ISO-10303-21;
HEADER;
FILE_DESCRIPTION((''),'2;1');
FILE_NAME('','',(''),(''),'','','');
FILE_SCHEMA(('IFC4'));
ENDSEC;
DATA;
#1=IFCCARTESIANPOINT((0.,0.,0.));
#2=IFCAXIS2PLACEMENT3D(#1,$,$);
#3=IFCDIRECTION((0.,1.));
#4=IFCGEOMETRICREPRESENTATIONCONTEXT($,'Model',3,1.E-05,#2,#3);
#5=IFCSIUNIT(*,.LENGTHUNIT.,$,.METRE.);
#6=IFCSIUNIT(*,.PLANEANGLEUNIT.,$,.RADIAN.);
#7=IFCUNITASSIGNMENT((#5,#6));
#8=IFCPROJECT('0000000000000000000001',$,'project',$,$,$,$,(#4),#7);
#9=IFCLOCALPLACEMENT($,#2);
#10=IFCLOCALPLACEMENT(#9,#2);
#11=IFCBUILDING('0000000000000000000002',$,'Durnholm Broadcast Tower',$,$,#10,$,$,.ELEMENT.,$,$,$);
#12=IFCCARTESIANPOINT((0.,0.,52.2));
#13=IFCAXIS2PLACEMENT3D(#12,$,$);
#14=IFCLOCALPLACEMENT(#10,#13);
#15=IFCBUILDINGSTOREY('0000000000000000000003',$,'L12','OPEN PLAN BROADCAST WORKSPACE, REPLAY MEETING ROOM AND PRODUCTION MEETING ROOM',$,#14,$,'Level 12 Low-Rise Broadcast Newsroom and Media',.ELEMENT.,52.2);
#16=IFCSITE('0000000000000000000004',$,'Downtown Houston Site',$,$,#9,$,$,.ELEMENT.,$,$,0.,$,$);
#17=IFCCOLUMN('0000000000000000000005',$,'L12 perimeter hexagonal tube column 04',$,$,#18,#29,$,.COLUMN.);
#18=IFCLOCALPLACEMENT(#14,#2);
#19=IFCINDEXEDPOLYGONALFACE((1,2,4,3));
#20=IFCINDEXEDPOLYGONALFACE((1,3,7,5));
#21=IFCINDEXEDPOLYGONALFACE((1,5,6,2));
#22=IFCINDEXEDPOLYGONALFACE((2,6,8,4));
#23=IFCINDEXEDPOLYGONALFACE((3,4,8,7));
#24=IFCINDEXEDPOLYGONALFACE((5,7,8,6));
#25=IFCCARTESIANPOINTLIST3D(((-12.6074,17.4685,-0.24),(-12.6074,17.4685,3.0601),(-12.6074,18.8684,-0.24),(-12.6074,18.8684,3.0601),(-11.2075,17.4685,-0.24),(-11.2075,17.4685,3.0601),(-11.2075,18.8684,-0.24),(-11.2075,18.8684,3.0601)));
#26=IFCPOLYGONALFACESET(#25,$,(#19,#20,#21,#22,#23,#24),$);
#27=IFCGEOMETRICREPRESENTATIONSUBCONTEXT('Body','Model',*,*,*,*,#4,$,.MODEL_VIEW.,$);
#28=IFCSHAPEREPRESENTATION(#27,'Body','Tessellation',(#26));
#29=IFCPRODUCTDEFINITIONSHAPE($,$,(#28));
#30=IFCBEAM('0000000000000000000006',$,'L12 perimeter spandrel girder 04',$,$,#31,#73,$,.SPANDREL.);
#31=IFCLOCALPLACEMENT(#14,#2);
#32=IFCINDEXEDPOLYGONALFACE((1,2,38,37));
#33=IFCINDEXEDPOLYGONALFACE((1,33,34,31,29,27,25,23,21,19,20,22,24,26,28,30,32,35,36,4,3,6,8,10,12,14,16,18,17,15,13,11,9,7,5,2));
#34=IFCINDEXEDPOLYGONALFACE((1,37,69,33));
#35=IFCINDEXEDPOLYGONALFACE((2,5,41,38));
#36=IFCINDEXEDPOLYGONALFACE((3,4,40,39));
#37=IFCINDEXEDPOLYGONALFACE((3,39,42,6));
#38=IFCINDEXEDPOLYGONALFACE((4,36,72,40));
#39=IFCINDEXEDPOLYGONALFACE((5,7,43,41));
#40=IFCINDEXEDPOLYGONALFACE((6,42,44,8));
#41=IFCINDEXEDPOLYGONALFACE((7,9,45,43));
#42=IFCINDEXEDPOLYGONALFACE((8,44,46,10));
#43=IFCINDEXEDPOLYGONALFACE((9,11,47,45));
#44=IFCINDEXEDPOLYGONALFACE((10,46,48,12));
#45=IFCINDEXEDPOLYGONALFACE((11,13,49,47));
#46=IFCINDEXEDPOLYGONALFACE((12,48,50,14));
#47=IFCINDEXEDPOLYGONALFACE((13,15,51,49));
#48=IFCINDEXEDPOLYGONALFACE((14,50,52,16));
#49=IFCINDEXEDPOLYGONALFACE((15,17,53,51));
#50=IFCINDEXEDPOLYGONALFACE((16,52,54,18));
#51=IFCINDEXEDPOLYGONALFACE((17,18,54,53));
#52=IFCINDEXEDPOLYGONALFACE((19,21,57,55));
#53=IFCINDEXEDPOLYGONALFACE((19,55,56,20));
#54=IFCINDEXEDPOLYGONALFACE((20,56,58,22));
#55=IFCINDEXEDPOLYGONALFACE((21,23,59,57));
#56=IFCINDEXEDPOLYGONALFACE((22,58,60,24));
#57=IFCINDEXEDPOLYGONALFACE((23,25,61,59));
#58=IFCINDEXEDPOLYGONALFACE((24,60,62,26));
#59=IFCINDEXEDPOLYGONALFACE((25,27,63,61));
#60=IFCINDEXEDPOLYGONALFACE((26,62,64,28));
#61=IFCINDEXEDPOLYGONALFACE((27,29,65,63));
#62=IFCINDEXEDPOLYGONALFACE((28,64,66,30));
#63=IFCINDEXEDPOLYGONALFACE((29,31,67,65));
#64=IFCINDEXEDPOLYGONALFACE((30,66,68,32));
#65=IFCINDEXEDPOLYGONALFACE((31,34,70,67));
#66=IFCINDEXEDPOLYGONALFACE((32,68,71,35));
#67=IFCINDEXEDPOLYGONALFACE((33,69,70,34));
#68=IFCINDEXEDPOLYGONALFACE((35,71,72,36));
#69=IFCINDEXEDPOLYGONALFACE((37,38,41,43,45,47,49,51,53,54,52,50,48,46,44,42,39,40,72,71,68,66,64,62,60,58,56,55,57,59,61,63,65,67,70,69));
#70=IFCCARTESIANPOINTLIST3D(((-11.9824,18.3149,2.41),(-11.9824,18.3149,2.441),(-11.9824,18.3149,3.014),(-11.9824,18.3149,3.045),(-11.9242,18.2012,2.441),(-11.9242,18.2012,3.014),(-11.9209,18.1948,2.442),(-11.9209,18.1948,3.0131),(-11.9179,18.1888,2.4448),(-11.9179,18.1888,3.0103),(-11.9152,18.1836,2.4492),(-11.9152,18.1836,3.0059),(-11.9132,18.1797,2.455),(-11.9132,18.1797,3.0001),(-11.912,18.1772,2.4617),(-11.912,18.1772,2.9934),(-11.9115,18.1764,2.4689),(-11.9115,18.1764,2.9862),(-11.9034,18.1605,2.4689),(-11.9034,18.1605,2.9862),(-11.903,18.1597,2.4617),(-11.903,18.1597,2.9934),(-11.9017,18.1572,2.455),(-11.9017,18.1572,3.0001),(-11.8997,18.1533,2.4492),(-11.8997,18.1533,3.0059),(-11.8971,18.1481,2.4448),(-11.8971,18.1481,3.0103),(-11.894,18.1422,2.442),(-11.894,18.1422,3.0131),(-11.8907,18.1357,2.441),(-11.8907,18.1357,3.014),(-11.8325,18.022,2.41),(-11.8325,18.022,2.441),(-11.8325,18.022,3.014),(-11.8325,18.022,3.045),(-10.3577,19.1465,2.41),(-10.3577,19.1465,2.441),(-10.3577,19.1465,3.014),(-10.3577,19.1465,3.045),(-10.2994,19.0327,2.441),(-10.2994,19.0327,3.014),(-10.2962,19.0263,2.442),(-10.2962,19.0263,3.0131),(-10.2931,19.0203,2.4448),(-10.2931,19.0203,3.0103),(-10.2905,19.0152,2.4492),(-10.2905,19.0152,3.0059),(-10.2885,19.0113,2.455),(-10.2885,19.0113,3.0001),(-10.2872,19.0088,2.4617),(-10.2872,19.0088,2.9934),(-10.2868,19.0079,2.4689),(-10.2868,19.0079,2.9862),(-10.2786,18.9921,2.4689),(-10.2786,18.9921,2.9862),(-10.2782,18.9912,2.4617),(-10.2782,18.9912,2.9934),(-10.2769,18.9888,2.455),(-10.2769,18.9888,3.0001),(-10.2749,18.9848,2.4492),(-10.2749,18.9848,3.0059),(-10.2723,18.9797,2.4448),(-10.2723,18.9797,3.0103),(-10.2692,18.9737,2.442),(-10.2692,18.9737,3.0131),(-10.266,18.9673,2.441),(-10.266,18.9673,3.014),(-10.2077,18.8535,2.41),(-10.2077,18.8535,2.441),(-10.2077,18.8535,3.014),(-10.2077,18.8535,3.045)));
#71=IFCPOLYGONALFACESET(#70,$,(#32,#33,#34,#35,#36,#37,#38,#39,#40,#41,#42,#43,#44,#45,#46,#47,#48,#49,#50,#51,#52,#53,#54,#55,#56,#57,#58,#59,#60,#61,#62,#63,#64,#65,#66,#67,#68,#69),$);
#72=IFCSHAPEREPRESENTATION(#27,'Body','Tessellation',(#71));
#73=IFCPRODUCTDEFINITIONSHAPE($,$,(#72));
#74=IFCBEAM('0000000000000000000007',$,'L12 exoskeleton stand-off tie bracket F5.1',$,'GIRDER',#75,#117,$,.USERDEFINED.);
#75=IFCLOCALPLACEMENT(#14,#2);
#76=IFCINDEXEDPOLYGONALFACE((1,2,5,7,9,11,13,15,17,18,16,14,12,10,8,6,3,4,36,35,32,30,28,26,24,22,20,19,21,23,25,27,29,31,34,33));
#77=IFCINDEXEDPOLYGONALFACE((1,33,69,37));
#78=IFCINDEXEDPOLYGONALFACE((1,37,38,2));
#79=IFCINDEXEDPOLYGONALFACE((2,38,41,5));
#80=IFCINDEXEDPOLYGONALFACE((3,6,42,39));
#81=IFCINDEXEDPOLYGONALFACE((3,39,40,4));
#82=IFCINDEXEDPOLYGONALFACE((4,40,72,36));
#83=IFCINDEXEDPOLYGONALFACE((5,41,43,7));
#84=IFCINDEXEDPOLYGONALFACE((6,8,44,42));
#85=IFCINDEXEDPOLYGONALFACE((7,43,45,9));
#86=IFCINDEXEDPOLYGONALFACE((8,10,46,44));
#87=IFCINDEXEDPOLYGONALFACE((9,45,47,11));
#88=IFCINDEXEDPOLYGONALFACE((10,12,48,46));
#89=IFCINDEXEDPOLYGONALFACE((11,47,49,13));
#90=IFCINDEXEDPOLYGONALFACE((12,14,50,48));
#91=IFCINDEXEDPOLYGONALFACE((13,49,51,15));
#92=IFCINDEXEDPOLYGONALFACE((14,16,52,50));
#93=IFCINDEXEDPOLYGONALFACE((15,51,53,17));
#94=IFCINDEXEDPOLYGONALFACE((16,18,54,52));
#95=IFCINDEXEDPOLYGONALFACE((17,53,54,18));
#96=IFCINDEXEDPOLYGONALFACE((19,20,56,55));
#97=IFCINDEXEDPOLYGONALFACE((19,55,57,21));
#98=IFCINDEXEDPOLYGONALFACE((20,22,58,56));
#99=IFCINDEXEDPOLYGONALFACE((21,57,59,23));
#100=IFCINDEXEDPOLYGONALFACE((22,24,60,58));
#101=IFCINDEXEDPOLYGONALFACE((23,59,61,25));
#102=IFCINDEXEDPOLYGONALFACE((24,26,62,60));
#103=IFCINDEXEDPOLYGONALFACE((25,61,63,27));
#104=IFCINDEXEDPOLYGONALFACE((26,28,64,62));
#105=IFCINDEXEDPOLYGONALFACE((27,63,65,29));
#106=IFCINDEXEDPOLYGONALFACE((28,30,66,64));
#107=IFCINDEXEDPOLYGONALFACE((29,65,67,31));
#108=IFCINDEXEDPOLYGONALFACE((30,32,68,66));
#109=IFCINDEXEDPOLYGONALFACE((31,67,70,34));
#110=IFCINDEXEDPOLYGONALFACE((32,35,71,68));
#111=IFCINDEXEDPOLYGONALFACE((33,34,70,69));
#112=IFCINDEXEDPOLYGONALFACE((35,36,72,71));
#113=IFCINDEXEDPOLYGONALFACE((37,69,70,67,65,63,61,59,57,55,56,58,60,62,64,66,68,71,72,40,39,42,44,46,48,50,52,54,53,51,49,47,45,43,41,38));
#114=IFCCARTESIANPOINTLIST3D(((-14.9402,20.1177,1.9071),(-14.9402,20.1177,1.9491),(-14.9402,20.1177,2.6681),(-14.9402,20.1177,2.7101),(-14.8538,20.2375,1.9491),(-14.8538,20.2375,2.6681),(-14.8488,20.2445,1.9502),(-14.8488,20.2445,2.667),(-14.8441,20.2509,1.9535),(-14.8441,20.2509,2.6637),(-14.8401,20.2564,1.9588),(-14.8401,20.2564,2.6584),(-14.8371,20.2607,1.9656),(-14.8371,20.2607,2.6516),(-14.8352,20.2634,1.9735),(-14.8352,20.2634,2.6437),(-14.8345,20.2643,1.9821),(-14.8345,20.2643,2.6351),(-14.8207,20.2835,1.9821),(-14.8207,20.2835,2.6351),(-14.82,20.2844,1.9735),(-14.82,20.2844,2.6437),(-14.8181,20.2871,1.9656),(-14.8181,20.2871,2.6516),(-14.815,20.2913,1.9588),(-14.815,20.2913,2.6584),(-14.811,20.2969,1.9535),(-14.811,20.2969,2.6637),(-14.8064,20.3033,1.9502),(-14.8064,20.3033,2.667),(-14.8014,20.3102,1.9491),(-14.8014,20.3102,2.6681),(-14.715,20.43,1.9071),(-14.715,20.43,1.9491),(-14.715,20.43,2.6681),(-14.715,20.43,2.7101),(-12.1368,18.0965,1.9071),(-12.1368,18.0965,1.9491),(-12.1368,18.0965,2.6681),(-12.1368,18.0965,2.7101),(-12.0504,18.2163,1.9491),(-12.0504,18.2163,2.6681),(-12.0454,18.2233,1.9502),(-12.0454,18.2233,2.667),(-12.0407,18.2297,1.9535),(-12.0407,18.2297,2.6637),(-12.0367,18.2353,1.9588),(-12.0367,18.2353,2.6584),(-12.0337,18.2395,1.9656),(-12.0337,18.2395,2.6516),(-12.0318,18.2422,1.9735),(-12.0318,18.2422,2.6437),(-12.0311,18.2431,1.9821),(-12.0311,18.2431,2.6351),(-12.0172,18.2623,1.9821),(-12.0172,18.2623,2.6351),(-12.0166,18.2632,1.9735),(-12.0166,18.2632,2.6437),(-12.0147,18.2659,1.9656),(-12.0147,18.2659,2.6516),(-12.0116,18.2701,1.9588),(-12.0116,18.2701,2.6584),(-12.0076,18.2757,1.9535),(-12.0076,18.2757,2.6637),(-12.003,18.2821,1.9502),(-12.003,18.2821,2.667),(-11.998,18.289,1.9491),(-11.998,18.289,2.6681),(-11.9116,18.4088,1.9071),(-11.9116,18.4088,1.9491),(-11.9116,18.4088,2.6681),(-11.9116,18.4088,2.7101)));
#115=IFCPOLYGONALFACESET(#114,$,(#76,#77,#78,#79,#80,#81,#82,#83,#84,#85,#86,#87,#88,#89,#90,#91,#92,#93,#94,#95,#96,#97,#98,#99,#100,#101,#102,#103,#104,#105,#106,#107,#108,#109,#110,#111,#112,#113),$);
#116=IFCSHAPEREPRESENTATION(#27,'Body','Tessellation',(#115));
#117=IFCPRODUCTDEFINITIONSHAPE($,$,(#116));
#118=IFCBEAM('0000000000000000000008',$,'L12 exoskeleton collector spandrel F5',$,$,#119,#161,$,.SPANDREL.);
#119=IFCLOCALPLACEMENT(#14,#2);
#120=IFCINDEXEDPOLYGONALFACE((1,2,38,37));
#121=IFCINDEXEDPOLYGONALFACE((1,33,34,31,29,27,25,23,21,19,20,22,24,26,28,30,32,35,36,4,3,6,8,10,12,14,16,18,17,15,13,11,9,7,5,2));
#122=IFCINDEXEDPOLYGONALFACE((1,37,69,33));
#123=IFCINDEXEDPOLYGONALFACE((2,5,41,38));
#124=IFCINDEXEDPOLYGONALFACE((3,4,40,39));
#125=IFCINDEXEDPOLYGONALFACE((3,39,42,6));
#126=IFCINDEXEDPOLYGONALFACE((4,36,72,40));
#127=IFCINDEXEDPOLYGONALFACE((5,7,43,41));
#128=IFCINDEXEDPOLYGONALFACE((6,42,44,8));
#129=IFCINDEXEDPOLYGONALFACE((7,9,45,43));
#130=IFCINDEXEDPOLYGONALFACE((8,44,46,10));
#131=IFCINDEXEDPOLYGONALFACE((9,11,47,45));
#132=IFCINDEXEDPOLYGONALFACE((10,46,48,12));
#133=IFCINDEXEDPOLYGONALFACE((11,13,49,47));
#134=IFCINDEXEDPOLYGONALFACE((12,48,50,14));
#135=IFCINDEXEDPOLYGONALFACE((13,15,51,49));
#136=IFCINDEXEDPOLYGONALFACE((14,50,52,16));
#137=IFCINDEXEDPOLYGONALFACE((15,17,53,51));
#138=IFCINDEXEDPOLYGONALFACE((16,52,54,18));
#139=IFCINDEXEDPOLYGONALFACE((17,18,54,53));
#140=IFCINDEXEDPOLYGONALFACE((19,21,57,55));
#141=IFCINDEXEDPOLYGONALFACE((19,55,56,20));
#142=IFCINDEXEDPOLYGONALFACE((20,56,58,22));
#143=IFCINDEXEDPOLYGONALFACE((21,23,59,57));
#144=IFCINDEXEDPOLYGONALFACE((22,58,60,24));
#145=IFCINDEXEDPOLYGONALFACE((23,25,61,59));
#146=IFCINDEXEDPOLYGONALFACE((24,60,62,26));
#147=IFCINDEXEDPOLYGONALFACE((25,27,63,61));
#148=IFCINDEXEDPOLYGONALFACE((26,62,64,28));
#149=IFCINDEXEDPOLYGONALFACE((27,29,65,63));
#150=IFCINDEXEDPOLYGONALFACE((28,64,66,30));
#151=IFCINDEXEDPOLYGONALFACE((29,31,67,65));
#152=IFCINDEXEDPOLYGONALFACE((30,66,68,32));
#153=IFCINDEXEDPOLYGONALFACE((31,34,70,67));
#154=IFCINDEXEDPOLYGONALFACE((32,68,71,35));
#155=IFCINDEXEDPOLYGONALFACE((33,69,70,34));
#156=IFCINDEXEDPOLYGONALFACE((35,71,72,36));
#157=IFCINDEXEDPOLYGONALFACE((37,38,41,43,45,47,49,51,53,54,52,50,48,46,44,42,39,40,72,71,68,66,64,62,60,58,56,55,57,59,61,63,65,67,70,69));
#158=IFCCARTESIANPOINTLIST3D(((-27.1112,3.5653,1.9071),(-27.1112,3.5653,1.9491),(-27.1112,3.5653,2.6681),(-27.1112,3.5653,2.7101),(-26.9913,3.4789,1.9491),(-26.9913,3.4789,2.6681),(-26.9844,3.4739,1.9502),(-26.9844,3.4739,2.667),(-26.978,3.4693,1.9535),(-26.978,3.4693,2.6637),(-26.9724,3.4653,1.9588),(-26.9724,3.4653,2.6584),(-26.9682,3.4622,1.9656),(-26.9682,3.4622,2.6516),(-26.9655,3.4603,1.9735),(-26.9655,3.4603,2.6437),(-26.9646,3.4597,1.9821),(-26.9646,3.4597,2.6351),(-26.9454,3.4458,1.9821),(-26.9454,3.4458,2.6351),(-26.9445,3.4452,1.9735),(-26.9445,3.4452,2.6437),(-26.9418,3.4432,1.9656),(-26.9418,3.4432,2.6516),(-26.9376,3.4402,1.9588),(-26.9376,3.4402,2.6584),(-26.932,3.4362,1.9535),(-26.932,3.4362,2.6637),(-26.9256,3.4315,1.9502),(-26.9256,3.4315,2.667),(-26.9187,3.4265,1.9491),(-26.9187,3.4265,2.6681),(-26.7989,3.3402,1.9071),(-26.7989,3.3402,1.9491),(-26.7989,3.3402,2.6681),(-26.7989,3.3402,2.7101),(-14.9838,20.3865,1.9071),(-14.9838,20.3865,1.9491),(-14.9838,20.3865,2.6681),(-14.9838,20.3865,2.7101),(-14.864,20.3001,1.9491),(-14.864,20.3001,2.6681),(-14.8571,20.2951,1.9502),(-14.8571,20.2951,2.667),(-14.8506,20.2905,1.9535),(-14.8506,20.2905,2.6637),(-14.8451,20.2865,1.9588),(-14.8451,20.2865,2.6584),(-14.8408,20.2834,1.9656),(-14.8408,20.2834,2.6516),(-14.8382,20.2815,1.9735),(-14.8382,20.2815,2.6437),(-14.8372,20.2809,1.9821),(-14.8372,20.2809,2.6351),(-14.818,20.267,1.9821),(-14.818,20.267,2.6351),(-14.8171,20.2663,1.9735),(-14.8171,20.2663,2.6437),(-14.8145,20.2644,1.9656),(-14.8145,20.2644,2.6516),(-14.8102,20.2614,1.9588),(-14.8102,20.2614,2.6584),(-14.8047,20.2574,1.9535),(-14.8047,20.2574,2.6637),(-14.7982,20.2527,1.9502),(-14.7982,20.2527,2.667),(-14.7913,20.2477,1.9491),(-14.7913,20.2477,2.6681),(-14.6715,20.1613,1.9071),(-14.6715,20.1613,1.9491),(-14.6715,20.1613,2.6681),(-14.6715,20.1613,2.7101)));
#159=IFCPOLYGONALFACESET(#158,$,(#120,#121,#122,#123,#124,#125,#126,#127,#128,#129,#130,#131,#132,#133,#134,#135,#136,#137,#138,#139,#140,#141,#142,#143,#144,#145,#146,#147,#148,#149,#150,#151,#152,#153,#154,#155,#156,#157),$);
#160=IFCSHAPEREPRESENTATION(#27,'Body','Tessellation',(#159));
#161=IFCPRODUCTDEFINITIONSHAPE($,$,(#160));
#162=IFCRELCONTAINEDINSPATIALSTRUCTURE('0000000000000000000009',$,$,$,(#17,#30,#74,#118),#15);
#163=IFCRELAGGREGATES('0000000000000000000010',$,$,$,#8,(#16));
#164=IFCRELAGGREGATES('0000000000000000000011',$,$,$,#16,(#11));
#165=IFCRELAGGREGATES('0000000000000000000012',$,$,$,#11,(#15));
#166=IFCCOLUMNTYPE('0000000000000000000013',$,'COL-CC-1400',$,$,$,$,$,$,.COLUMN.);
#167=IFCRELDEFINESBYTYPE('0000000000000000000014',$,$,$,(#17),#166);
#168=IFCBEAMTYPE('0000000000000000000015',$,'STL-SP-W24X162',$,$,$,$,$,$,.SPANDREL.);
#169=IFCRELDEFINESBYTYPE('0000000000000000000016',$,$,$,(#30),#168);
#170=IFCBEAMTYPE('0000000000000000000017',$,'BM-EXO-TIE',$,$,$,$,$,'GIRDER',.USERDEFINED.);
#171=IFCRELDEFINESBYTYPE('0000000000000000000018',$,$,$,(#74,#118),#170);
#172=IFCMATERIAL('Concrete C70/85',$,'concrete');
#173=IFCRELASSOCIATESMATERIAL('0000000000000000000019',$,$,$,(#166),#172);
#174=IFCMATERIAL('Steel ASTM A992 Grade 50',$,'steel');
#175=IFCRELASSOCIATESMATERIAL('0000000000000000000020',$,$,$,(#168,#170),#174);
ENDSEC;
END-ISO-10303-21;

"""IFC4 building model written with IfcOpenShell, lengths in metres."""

from ifc_helpers import new_model, si_unit, direction, frame, origin, origin_2d, place, context, subcontext, project, spatial, rectangle, i_section, extrude, source, transform, mapped, material, material_profile, profile_set, type_object, type_shapes, element, save


model = new_model("IFC4")

# Units and contexts
model_context = context("Model", 3, precision=1e-05, world=origin(), true_north=direction((0.0, 1.0)))
body_context = subcontext(model_context, "Body", "Model", "MODEL_VIEW")
ifc_project = project(units=[si_unit("LENGTHUNIT", "METRE"), si_unit("PLANEANGLEUNIT", "RADIAN")], contexts=[model_context])

# Site, building, storey
site_placement = place(None, origin())
site = spatial("IfcSite", under=ifc_project, at=site_placement, Name="Downtown Houston Site", CompositionType="ELEMENT", RefElevation=0.0)
building_placement = place(site_placement, origin())
building = spatial("IfcBuilding", under=site, at=building_placement, Name="Durnholm Broadcast Tower", CompositionType="ELEMENT")
storey_placement = place(building_placement, frame((0.0, 0.0, 52.2)))
storey = spatial("IfcBuildingStorey", under=building, at=storey_placement, Name="L12", Description="OPEN PLAN BROADCAST WORKSPACE, REPLAY MEETING ROOM AND PRODUCTION MEETING ROOM", LongName="Level 12 Low-Rise Broadcast Newsroom and Media", CompositionType="ELEMENT", Elevation=52.2)

# Column
ifc_material_1 = material(Name="Concrete C70/85", Category="concrete")
ifc_material_profile_1 = material_profile(ifc_material_1, rectangle(XDim=1.3999, YDim=1.3999, at=origin_2d()), Name="RC1400X1400")
ifc_profile_set_1 = profile_set([ifc_material_profile_1], Name="Concrete C70/85")
column_type = type_object("IfcColumnType", Name="COL-CC-1400", PredefinedType="COLUMN", material=ifc_profile_set_1)
shared_shape_1 = source(origin(), body_context, "Body", "SweptSolid", [
    extrude(rectangle(XDim=1.3999, YDim=1.3999, at=origin_2d()), origin(), (0.0, 0.0, 1.0), 3.3),
])
type_shapes(column_type, [shared_shape_1])
column_placement = place(storey_placement, frame((-11.9075, 18.1685, -0.24), z_axis=(0.0, 0.0, 1.0), x_axis=(1.0, 0.0, 0.0)))
element("IfcColumn", 1, at=column_placement, inside=storey, type_object=column_type, Name="L12 perimeter hexagonal tube column 04", PredefinedType="COLUMN", context=body_context, shape_type="MappedRepresentation", body=[
    mapped(shared_shape_1, transform((0.0, 0.0, 0.0), x_axis=(1.0, 0.0, 0.0), y_axis=(0.0, 1.0, 0.0), z_axis=(0.0, 0.0, 1.0), scale=1.0)),
])

# Beams
ifc_material_2 = material(Name="Steel ASTM A992 Grade 50", Category="steel")
ifc_material_profile_2 = material_profile(ifc_material_2, i_section(OverallWidth=0.3291, OverallDepth=0.635, WebThickness=0.0178, FlangeThickness=0.031, FilletRadius=0.0278, at=origin_2d()), Name="W24X162")
ifc_profile_set_2 = profile_set([ifc_material_profile_2], Name="Steel ASTM A992 Grade 50")
beam_type_1 = type_object("IfcBeamType", Name="STL-SP-W24X162", PredefinedType="SPANDREL", material=ifc_profile_set_2)
shared_shape_2 = source(origin(), body_context, "Body", "SweptSolid", [
    extrude(i_section(OverallWidth=0.3291, OverallDepth=0.635, WebThickness=0.0178, FlangeThickness=0.031, FilletRadius=0.0278, at=origin_2d()), origin(), (0.0, 0.0, 1.0), 1.8252),
])
type_shapes(beam_type_1, [shared_shape_2])
beam_1_placement = place(storey_placement, frame((-11.9075, 18.1685, 2.7275), z_axis=(0.890188, 0.455594, 0.0), x_axis=(-0.455594, 0.890188, 0.0)))
element("IfcBeam", 2, at=beam_1_placement, inside=storey, type_object=beam_type_1, Name="L12 perimeter spandrel girder 04", PredefinedType="SPANDREL", context=body_context, shape_type="MappedRepresentation", body=[
    mapped(shared_shape_2, transform((0.0, 0.0, 0.0), x_axis=(1.0, 0.0, 0.0), y_axis=(0.0, 1.0, 0.0), z_axis=(0.0, 0.0, 1.0), scale=1.0)),
])
ifc_material_profile_3 = material_profile(ifc_material_2, i_section(OverallWidth=0.385, OverallDepth=0.803, WebThickness=0.0237, FlangeThickness=0.042, FilletRadius=0.033, at=origin_2d()), Name="W30X261")
ifc_profile_set_3 = profile_set([ifc_material_profile_3], Name="Steel ASTM A992 Grade 50")
beam_type_2 = type_object("IfcBeamType", Name="BM-EXO-TIE", ElementType="GIRDER", PredefinedType="USERDEFINED", material=ifc_profile_set_3)
shared_shape_3 = source(origin(), body_context, "Body", "SweptSolid", [
    extrude(i_section(OverallWidth=0.385, OverallDepth=0.803, WebThickness=0.0237, FlangeThickness=0.042, FilletRadius=0.033, at=origin_2d()), origin(), (0.0, 0.0, 1.0), 3.4561),
])
beam_2_placement = place(storey_placement, frame((-12.0242, 18.2527, 2.3086), z_axis=(-0.811158, 0.584828, 0.0), x_axis=(-0.584828, -0.811158, 0.0)))
element("IfcBeam", 3, at=beam_2_placement, inside=storey, type_object=beam_type_2, Name="L12 exoskeleton stand-off tie bracket F5.1", ObjectType="GIRDER", PredefinedType="USERDEFINED", context=body_context, shape_type="MappedRepresentation", body=[
    mapped(shared_shape_3, transform((0.0, 0.0, 0.0), x_axis=(1.0, 0.0, 0.0), y_axis=(0.0, 1.0, 0.0), z_axis=(0.0, 0.0, 1.0), scale=1.0)),
])
shared_shape_4 = source(origin(), body_context, "Body", "SweptSolid", [
    extrude(i_section(OverallWidth=0.385, OverallDepth=0.803, WebThickness=0.0237, FlangeThickness=0.042, FilletRadius=0.033, at=origin_2d()), origin(), (0.0, 0.0, 1.0), 20.7371),
])
type_shapes(beam_type_2, [shared_shape_3, shared_shape_4])
beam_3_placement = place(storey_placement, frame((-14.8276, 20.2739, 2.3086), z_axis=(-0.584816, -0.811166, 0.0), x_axis=(0.811166, -0.584816, 0.0)))
element("IfcBeam", 4, at=beam_3_placement, inside=storey, type_object=beam_type_2, Name="L12 exoskeleton collector spandrel F5", PredefinedType="SPANDREL", context=body_context, shape_type="MappedRepresentation", body=[
    mapped(shared_shape_4, transform((0.0, 0.0, 0.0), x_axis=(1.0, 0.0, 0.0), y_axis=(0.0, 1.0, 0.0), z_axis=(0.0, 0.0, 1.0), scale=1.0)),
])

save(model, "model.ifc")
